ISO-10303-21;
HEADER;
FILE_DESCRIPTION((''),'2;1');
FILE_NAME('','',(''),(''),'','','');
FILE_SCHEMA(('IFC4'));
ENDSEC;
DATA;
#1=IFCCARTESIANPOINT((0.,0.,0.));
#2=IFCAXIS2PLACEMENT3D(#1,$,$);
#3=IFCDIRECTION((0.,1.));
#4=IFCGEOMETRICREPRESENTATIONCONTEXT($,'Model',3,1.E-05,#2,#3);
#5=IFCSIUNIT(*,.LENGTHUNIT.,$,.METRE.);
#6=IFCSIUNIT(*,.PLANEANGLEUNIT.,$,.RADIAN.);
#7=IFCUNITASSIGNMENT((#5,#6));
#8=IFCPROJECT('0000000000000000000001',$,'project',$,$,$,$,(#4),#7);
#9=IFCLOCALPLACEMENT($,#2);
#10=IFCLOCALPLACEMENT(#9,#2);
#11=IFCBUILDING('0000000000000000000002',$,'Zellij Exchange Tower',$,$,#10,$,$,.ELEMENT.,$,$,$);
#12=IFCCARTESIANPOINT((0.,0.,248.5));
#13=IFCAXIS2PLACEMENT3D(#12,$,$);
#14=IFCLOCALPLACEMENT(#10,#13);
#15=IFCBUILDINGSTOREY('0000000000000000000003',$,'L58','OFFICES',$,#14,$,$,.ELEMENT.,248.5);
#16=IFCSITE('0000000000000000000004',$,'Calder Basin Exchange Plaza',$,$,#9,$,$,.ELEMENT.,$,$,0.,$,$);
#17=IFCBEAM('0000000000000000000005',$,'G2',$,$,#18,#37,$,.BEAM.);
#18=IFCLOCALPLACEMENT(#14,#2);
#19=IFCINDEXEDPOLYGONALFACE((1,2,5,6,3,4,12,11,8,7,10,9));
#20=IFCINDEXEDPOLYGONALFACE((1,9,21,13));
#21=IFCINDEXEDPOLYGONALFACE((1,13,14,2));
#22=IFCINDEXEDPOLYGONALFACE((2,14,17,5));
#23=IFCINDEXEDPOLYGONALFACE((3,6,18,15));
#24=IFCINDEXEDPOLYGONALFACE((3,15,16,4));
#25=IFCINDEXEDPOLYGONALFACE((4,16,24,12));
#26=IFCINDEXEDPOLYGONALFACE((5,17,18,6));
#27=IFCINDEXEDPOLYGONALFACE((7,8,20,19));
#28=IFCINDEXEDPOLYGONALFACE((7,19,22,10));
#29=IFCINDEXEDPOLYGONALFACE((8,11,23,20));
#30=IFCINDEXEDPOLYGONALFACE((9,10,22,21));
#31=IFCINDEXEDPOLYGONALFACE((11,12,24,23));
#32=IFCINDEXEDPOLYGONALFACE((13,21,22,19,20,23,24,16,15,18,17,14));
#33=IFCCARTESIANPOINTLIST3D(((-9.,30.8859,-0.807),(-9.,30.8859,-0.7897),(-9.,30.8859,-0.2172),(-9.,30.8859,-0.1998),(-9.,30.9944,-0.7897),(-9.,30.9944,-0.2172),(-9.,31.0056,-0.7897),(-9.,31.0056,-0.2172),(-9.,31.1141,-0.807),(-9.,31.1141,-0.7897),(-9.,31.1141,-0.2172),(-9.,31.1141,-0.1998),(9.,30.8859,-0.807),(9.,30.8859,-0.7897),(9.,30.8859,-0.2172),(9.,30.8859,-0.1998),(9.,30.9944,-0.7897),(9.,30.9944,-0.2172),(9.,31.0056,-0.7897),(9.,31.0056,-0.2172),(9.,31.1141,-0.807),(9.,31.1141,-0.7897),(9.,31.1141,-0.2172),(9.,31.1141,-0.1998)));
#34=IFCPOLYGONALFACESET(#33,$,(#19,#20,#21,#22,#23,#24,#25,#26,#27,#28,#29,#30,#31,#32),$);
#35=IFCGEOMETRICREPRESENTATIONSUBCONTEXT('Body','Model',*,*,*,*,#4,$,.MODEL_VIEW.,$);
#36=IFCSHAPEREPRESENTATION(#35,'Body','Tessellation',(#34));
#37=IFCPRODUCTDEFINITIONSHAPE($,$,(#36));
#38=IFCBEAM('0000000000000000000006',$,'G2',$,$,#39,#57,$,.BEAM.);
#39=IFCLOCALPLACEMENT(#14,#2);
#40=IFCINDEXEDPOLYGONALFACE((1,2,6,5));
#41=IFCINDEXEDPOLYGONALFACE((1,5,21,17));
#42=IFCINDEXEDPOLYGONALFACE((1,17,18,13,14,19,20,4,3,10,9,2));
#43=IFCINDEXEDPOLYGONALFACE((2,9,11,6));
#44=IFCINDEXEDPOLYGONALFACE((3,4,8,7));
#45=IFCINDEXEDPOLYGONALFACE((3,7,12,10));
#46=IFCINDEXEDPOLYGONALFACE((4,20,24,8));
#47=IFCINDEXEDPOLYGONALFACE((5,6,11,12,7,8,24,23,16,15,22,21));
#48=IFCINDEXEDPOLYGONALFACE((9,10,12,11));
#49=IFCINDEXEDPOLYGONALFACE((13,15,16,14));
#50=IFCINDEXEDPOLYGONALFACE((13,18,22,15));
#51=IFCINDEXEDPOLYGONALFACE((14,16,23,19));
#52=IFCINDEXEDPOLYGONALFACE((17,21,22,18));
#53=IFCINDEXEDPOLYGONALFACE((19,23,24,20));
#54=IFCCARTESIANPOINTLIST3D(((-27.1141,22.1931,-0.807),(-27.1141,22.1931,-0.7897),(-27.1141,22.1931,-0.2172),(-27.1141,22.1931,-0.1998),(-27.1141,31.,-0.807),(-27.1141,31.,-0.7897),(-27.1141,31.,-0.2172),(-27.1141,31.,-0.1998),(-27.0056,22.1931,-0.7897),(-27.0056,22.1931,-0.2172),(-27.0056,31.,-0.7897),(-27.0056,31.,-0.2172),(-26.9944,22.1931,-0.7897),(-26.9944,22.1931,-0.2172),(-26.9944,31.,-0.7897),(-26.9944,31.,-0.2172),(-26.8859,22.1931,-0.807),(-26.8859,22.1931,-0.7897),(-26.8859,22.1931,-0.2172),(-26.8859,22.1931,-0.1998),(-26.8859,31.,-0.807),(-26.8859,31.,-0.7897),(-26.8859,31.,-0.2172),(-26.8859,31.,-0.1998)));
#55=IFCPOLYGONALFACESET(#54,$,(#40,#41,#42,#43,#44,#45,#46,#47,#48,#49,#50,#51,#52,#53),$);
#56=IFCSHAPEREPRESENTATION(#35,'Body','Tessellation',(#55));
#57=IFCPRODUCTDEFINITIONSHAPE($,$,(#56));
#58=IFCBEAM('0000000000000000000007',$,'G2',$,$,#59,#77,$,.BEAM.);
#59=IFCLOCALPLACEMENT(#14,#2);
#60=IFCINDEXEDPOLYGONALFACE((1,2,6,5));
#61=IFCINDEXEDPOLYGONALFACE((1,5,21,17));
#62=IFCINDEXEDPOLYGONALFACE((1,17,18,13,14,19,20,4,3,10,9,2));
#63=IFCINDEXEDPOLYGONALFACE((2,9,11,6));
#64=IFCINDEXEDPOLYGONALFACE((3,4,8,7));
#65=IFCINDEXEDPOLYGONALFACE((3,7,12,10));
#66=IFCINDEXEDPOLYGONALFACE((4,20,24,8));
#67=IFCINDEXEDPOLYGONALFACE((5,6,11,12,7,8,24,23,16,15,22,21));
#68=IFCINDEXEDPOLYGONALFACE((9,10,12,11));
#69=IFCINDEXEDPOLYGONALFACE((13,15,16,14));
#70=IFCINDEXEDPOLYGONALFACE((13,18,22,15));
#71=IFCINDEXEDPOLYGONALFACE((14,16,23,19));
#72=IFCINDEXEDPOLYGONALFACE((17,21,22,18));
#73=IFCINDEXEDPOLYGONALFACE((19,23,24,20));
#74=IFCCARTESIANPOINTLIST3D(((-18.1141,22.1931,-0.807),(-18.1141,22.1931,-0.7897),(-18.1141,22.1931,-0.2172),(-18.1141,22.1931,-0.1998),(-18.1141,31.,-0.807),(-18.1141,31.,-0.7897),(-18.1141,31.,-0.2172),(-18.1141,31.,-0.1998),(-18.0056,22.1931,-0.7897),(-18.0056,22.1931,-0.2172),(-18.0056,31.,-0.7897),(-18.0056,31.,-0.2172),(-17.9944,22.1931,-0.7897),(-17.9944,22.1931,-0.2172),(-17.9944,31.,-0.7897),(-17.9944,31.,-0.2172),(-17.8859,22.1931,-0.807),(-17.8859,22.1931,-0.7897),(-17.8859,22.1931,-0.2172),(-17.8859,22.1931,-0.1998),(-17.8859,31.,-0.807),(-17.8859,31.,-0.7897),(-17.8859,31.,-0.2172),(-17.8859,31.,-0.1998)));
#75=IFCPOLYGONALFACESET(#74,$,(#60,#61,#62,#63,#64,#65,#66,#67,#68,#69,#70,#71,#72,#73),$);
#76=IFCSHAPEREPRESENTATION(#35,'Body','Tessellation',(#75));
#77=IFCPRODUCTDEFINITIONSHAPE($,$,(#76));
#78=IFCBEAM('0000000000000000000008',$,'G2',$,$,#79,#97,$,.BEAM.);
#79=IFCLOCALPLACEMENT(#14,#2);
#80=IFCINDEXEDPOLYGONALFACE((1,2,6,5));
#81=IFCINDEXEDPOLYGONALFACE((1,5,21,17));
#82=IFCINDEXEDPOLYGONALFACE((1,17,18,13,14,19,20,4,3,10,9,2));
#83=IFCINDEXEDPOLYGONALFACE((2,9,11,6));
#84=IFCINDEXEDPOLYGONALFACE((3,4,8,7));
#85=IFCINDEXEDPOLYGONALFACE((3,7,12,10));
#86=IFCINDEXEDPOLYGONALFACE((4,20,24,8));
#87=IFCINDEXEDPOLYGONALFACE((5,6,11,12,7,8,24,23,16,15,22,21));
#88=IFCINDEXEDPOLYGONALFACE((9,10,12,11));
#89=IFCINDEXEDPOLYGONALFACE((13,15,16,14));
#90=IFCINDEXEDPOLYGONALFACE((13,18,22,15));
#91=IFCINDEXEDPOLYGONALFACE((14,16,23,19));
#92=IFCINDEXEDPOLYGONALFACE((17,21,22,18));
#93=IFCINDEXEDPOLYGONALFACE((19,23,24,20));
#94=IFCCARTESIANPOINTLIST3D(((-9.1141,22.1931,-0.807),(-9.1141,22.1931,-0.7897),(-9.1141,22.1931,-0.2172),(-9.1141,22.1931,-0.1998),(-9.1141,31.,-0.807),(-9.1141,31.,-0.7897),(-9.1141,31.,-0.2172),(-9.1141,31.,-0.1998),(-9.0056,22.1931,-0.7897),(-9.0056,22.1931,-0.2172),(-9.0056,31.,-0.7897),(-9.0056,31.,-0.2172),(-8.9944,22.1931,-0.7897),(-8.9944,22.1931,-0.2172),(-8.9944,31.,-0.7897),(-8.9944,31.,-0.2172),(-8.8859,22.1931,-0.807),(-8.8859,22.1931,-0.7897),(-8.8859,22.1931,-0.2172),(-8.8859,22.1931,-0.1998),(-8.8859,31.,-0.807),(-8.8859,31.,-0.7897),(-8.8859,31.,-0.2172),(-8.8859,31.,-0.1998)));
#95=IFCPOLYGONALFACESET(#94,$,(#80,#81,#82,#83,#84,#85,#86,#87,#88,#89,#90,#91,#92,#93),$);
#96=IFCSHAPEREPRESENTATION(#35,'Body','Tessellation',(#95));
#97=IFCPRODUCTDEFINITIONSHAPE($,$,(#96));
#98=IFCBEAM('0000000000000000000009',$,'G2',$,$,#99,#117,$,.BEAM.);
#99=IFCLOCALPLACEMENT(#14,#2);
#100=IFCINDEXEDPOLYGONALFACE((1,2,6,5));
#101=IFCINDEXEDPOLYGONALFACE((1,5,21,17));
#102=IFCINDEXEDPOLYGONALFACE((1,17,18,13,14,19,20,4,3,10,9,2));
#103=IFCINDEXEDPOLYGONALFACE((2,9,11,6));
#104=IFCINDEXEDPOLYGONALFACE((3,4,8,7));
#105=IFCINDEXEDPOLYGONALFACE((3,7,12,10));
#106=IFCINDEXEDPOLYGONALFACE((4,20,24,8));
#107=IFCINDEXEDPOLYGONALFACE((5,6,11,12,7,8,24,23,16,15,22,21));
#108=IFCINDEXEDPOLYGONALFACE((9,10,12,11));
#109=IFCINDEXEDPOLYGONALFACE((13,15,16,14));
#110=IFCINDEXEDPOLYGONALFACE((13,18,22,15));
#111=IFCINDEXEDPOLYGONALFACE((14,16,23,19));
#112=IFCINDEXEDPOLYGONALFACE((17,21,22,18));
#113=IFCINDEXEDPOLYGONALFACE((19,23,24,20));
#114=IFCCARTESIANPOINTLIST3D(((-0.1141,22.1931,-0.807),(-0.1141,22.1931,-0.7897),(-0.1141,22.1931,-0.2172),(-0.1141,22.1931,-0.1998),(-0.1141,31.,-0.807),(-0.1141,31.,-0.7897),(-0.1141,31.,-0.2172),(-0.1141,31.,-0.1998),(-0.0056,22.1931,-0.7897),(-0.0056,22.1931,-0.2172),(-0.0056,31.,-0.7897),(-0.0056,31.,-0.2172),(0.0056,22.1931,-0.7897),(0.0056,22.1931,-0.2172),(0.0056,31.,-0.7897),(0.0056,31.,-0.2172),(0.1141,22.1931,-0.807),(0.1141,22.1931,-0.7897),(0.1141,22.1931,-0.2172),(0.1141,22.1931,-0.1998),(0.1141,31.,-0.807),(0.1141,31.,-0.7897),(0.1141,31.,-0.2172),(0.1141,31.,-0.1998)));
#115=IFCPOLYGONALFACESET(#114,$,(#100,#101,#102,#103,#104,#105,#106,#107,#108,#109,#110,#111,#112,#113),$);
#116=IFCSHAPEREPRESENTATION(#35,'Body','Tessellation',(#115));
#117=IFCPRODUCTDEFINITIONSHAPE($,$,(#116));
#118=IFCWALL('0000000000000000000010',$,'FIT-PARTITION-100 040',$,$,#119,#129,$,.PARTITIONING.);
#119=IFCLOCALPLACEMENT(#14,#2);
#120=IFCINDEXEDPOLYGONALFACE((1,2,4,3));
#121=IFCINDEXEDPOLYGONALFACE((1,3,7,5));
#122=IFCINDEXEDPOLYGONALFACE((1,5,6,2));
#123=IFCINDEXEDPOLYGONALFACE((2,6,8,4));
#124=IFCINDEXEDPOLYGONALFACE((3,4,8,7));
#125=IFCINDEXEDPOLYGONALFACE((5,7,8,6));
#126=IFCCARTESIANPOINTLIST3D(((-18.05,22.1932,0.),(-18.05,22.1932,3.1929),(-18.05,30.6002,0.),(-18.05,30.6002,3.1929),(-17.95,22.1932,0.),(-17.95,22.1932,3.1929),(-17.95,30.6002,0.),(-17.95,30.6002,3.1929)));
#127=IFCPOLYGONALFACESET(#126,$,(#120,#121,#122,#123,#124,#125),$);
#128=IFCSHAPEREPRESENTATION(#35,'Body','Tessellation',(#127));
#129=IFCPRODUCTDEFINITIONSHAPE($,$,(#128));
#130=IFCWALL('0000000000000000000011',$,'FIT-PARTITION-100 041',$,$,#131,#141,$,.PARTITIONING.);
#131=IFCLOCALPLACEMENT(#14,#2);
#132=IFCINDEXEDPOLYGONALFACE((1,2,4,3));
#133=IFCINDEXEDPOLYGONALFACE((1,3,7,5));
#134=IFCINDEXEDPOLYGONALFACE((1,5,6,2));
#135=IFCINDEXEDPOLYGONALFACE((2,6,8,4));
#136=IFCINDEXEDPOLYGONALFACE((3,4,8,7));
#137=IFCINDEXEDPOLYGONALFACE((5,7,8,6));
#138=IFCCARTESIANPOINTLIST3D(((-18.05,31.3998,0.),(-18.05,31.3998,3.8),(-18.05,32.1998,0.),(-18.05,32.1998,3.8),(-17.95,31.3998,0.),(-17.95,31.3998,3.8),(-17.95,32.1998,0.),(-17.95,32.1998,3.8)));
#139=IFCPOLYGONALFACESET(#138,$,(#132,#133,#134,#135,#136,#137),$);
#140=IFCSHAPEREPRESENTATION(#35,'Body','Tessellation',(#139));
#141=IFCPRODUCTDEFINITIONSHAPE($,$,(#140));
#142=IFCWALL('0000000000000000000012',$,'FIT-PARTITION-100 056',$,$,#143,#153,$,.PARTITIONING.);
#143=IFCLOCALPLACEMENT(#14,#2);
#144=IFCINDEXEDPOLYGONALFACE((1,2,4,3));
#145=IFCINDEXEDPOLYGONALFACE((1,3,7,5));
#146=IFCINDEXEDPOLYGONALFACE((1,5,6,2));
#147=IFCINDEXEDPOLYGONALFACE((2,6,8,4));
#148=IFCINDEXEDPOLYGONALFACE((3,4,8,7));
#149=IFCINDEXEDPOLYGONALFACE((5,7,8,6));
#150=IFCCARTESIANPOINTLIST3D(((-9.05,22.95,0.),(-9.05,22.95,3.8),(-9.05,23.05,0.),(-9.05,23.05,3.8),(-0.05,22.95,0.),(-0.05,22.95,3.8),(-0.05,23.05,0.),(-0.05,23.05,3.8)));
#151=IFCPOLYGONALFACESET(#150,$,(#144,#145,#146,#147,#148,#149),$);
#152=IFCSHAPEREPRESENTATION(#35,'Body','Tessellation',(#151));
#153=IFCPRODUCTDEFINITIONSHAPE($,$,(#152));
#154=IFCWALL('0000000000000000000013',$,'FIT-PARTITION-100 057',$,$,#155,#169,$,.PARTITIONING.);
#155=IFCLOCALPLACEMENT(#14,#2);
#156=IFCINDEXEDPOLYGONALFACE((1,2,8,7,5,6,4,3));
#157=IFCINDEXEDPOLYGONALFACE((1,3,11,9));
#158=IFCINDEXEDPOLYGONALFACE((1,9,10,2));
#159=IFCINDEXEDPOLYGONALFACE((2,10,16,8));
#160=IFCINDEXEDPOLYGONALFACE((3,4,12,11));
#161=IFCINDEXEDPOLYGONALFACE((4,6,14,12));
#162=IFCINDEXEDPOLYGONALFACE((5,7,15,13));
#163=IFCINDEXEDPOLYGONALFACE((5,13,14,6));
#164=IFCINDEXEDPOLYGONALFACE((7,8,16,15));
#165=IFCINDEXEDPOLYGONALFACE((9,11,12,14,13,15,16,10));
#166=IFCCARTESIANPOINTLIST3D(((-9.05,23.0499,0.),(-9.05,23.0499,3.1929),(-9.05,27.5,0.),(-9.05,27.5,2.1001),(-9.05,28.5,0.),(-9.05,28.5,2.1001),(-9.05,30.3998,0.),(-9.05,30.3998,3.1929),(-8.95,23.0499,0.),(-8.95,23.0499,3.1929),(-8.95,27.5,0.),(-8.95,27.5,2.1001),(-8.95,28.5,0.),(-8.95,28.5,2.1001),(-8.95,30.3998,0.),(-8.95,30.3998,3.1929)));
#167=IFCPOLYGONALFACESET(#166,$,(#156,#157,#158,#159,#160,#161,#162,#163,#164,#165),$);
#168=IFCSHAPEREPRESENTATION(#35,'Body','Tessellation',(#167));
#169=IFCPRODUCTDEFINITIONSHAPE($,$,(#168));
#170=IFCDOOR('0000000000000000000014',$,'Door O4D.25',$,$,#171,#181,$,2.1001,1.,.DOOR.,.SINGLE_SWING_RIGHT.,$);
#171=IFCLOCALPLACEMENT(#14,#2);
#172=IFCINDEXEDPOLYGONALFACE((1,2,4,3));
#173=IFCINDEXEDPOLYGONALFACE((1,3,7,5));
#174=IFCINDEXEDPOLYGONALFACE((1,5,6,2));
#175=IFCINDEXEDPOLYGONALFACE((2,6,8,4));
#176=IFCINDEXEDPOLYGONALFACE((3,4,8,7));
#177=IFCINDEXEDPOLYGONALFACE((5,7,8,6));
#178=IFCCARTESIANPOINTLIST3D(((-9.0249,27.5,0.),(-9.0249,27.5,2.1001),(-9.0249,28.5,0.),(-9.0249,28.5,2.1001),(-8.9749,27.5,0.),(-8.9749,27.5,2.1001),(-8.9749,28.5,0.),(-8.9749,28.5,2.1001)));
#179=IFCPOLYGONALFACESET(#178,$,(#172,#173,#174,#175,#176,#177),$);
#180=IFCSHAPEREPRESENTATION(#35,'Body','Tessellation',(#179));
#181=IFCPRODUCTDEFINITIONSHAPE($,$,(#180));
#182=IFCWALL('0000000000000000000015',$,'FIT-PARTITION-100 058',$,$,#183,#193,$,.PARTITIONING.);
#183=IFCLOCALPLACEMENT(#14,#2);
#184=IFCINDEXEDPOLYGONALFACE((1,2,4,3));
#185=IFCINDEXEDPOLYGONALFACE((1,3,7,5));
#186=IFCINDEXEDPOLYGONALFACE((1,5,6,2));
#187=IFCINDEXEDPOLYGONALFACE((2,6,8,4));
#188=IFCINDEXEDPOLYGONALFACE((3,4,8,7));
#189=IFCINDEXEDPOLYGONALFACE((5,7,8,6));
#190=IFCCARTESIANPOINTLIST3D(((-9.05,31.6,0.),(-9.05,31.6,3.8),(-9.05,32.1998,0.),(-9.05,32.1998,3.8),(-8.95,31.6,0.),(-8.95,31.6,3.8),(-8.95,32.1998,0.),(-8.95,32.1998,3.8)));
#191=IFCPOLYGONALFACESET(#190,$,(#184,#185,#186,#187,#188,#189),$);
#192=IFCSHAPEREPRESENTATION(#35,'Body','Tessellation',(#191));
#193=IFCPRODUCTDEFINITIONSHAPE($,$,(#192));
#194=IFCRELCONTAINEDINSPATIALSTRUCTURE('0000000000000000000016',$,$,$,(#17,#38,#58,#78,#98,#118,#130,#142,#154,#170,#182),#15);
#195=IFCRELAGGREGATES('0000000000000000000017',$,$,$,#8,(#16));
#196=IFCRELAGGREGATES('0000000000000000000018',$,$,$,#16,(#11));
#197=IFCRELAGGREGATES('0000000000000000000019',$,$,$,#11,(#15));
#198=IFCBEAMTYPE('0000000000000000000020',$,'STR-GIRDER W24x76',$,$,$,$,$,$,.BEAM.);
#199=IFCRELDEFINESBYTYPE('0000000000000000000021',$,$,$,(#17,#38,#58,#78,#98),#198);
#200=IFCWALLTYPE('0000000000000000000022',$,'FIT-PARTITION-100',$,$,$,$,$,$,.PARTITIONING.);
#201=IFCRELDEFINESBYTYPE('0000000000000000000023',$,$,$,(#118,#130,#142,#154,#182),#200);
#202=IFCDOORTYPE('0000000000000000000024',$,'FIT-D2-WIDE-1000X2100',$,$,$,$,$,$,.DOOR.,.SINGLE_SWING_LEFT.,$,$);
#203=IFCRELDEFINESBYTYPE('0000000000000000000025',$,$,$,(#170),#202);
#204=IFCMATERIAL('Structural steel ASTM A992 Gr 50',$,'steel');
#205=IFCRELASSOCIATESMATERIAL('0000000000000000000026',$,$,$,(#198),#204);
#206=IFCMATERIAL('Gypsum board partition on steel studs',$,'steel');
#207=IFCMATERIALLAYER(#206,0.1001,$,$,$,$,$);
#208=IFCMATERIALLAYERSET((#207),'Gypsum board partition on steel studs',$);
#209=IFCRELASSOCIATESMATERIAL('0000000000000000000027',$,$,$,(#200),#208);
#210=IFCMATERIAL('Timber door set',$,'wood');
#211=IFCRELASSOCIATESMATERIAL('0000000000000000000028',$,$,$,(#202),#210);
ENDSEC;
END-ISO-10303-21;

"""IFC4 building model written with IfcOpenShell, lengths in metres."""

from ifc_helpers import new_model, si_unit, direction, frame, frame_2d, origin, origin_2d, place, context, subcontext, project, spatial, rectangle, i_section, extrude, material, layer, layer_set, material_profile, profile_set, type_object, element, fill, save


model = new_model("IFC4")

# Units and contexts
model_context = context("Model", 3, precision=1e-05, world=origin(), true_north=direction((0.0, 1.0)))
body_context = subcontext(model_context, "Body", "Model", "MODEL_VIEW")
ifc_project = project(units=[si_unit("LENGTHUNIT", "METRE"), si_unit("PLANEANGLEUNIT", "RADIAN")], contexts=[model_context])

# Site, building, storey
site_placement = place(None, origin())
site = spatial("IfcSite", under=ifc_project, at=site_placement, Name="Calder Basin Exchange Plaza", CompositionType="ELEMENT", RefElevation=0.0)
building_placement = place(site_placement, origin())
building = spatial("IfcBuilding", under=site, at=building_placement, Name="Zellij Exchange Tower", CompositionType="ELEMENT")
storey_placement = place(building_placement, frame((0.0, 0.0, 248.5)))
storey = spatial("IfcBuildingStorey", under=building, at=storey_placement, Name="L58", Description="OFFICES", CompositionType="ELEMENT", Elevation=248.5)

# Shared definitions
ifc_material_1 = material(Name="Structural steel ASTM A992 Gr 50", Category="steel")

# Beams
ifc_material_profile_1 = material_profile(ifc_material_1, i_section(OverallWidth=0.2283, OverallDepth=0.6072, WebThickness=0.0112, FlangeThickness=0.0173, at=origin_2d()), Name="W24x76")
ifc_profile_set_1 = profile_set([ifc_material_profile_1], Name="Structural steel ASTM A992 Gr 50")
beam_type = type_object("IfcBeamType", Name="STR-GIRDER W24x76", PredefinedType="BEAM", material=ifc_profile_set_1)
for number, where, z_axis, x_axis, name in (
    (1, (-9.0, 31.0, -0.5034), (1.0, 0.0, 0.0), (0.0, 1.0, 0.0), "G2"),
):
    element("IfcBeam", number, at=place(storey_placement, frame(where, z_axis=z_axis, x_axis=x_axis)), inside=storey, type_object=beam_type, Name=name, PredefinedType="BEAM", context=body_context, shape_type="SweptSolid", body=[
        extrude(i_section(OverallWidth=0.2283, OverallDepth=0.6072, WebThickness=0.0112, FlangeThickness=0.0173, at=origin_2d()), origin(), (0.0, 0.0, 1.0), 18.0),
    ])
for number, where, z_axis, x_axis, name in (
    (2, (-27.0, 22.1931, -0.5034), (0.0, 1.0, 0.0), (-1.0, 0.0, 0.0), "G2"),
    (3, (-18.0, 22.1931, -0.5034), (0.0, 1.0, 0.0), (-1.0, 0.0, 0.0), "G2"),
    (4, (-9.0, 22.1931, -0.5034), (0.0, 1.0, 0.0), (-1.0, 0.0, 0.0), "G2"),
    (5, (0.0, 22.1931, -0.5034), (0.0, 1.0, 0.0), (-1.0, 0.0, 0.0), "G2"),
):
    element("IfcBeam", number, at=place(storey_placement, frame(where, z_axis=z_axis, x_axis=x_axis)), inside=storey, type_object=beam_type, Name=name, PredefinedType="BEAM", context=body_context, shape_type="SweptSolid", body=[
        extrude(i_section(OverallWidth=0.2283, OverallDepth=0.6072, WebThickness=0.0112, FlangeThickness=0.0173, at=origin_2d()), origin(), (0.0, 0.0, 1.0), 8.8069),
    ])

# Walls
ifc_material_2 = material(Name="Gypsum board partition on steel studs", Category="steel")
ifc_layer = layer(ifc_material_2, 0.1001)
ifc_layer_set = layer_set([ifc_layer], Name="Gypsum board partition on steel studs")
wall_type = type_object("IfcWallType", Name="FIT-PARTITION-100", PredefinedType="PARTITIONING", material=ifc_layer_set)
wall_1_placement = place(storey_placement, frame((-18.0, 22.1931, 0.0), z_axis=(0.0, 0.0, 1.0), x_axis=(0.0, 1.0, 0.0)))
element("IfcWall", 6, at=wall_1_placement, inside=storey, type_object=wall_type, Name="FIT-PARTITION-100 040", PredefinedType="PARTITIONING", context=body_context, shape_type="SweptSolid", body=[
    extrude(rectangle(XDim=8.407, YDim=0.1001, at=frame_2d((4.2036, 0.0))), origin(), (0.0, 0.0, 1.0), 3.1929),
])
wall_2_placement = place(storey_placement, frame((-18.0, 31.3999, 0.0), z_axis=(0.0, 0.0, 1.0), x_axis=(0.0, 1.0, 0.0)))
element("IfcWall", 7, at=wall_2_placement, inside=storey, type_object=wall_type, Name="FIT-PARTITION-100 041", PredefinedType="PARTITIONING", context=body_context, shape_type="SweptSolid", body=[
    extrude(rectangle(XDim=0.8, YDim=0.1001, at=frame_2d((0.3999, 0.0))), origin(), (0.0, 0.0, 1.0), 3.8),
])
wall_3_placement = place(storey_placement, frame((-9.05, 23.0, 0.0), z_axis=(0.0, 0.0, 1.0), x_axis=(1.0, 0.0, 0.0)))
element("IfcWall", 8, at=wall_3_placement, inside=storey, type_object=wall_type, Name="FIT-PARTITION-100 056", PredefinedType="PARTITIONING", context=body_context, shape_type="SweptSolid", body=[
    extrude(rectangle(XDim=9.0, YDim=0.1001, at=frame_2d((4.5, 0.0))), origin(), (0.0, 0.0, 1.0), 3.8),
])

# Wall, opening, door
wall_4_placement = place(storey_placement, frame((-9.0, 23.05, 0.0), z_axis=(0.0, 0.0, 1.0), x_axis=(0.0, 1.0, 0.0)))
wall_4 = element("IfcWall", 9, at=wall_4_placement, inside=storey, type_object=wall_type, Name="FIT-PARTITION-100 057", PredefinedType="PARTITIONING", context=body_context, shape_type="SweptSolid", body=[
    extrude(rectangle(XDim=7.3499, YDim=0.1001, at=frame_2d((3.6748, 0.0))), origin(), (0.0, 0.0, 1.0), 3.1929),
])
opening_placement = place(wall_4_placement, frame((4.45, 0.0, 0.0)))
opening = element("IfcOpeningElement", 10, at=opening_placement, cuts=wall_4, PredefinedType="OPENING", context=body_context, shape_type="SweptSolid", body=[
    extrude(rectangle(XDim=1.0, YDim=2.1001, at=frame_2d((0.5, 1.05))), frame((0.0, 0.062, 0.0), z_axis=(0.0, -1.0, 0.0), x_axis=(1.0, 0.0, 0.0)), (0.0, 0.0, 1.0), 0.124),
])
ifc_material_3 = material(Name="Timber door set", Category="wood")
door_type = type_object("IfcDoorType", Name="FIT-D2-WIDE-1000X2100", OperationType="SINGLE_SWING_LEFT", PredefinedType="DOOR", material=ifc_material_3)
door_placement = place(opening_placement, origin())
door = element("IfcDoor", 11, at=door_placement, inside=storey, type_object=door_type, Name="Door O4D.25", OperationType="SINGLE_SWING_RIGHT", OverallHeight=2.1001, OverallWidth=1.0, PredefinedType="DOOR", context=body_context, shape_type="SweptSolid", body=[
    extrude(rectangle(XDim=1.0, YDim=2.1001, at=frame_2d((0.5, 1.05))), frame((0.0, 0.0249, 0.0), z_axis=(0.0, -1.0, 0.0), x_axis=(1.0, 0.0, 0.0)), (0.0, 0.0, 1.0), 0.05),
])
fill(opening, door)

# Wall
wall_5_placement = place(storey_placement, frame((-9.0, 31.6001, 0.0), z_axis=(0.0, 0.0, 1.0), x_axis=(0.0, 1.0, 0.0)))
element("IfcWall", 12, at=wall_5_placement, inside=storey, type_object=wall_type, Name="FIT-PARTITION-100 058", PredefinedType="PARTITIONING", context=body_context, shape_type="SweptSolid", body=[
    extrude(rectangle(XDim=0.5999, YDim=0.1001, at=frame_2d((0.2998, 0.0))), origin(), (0.0, 0.0, 1.0), 3.8),
])

save(model, "model.ifc")
